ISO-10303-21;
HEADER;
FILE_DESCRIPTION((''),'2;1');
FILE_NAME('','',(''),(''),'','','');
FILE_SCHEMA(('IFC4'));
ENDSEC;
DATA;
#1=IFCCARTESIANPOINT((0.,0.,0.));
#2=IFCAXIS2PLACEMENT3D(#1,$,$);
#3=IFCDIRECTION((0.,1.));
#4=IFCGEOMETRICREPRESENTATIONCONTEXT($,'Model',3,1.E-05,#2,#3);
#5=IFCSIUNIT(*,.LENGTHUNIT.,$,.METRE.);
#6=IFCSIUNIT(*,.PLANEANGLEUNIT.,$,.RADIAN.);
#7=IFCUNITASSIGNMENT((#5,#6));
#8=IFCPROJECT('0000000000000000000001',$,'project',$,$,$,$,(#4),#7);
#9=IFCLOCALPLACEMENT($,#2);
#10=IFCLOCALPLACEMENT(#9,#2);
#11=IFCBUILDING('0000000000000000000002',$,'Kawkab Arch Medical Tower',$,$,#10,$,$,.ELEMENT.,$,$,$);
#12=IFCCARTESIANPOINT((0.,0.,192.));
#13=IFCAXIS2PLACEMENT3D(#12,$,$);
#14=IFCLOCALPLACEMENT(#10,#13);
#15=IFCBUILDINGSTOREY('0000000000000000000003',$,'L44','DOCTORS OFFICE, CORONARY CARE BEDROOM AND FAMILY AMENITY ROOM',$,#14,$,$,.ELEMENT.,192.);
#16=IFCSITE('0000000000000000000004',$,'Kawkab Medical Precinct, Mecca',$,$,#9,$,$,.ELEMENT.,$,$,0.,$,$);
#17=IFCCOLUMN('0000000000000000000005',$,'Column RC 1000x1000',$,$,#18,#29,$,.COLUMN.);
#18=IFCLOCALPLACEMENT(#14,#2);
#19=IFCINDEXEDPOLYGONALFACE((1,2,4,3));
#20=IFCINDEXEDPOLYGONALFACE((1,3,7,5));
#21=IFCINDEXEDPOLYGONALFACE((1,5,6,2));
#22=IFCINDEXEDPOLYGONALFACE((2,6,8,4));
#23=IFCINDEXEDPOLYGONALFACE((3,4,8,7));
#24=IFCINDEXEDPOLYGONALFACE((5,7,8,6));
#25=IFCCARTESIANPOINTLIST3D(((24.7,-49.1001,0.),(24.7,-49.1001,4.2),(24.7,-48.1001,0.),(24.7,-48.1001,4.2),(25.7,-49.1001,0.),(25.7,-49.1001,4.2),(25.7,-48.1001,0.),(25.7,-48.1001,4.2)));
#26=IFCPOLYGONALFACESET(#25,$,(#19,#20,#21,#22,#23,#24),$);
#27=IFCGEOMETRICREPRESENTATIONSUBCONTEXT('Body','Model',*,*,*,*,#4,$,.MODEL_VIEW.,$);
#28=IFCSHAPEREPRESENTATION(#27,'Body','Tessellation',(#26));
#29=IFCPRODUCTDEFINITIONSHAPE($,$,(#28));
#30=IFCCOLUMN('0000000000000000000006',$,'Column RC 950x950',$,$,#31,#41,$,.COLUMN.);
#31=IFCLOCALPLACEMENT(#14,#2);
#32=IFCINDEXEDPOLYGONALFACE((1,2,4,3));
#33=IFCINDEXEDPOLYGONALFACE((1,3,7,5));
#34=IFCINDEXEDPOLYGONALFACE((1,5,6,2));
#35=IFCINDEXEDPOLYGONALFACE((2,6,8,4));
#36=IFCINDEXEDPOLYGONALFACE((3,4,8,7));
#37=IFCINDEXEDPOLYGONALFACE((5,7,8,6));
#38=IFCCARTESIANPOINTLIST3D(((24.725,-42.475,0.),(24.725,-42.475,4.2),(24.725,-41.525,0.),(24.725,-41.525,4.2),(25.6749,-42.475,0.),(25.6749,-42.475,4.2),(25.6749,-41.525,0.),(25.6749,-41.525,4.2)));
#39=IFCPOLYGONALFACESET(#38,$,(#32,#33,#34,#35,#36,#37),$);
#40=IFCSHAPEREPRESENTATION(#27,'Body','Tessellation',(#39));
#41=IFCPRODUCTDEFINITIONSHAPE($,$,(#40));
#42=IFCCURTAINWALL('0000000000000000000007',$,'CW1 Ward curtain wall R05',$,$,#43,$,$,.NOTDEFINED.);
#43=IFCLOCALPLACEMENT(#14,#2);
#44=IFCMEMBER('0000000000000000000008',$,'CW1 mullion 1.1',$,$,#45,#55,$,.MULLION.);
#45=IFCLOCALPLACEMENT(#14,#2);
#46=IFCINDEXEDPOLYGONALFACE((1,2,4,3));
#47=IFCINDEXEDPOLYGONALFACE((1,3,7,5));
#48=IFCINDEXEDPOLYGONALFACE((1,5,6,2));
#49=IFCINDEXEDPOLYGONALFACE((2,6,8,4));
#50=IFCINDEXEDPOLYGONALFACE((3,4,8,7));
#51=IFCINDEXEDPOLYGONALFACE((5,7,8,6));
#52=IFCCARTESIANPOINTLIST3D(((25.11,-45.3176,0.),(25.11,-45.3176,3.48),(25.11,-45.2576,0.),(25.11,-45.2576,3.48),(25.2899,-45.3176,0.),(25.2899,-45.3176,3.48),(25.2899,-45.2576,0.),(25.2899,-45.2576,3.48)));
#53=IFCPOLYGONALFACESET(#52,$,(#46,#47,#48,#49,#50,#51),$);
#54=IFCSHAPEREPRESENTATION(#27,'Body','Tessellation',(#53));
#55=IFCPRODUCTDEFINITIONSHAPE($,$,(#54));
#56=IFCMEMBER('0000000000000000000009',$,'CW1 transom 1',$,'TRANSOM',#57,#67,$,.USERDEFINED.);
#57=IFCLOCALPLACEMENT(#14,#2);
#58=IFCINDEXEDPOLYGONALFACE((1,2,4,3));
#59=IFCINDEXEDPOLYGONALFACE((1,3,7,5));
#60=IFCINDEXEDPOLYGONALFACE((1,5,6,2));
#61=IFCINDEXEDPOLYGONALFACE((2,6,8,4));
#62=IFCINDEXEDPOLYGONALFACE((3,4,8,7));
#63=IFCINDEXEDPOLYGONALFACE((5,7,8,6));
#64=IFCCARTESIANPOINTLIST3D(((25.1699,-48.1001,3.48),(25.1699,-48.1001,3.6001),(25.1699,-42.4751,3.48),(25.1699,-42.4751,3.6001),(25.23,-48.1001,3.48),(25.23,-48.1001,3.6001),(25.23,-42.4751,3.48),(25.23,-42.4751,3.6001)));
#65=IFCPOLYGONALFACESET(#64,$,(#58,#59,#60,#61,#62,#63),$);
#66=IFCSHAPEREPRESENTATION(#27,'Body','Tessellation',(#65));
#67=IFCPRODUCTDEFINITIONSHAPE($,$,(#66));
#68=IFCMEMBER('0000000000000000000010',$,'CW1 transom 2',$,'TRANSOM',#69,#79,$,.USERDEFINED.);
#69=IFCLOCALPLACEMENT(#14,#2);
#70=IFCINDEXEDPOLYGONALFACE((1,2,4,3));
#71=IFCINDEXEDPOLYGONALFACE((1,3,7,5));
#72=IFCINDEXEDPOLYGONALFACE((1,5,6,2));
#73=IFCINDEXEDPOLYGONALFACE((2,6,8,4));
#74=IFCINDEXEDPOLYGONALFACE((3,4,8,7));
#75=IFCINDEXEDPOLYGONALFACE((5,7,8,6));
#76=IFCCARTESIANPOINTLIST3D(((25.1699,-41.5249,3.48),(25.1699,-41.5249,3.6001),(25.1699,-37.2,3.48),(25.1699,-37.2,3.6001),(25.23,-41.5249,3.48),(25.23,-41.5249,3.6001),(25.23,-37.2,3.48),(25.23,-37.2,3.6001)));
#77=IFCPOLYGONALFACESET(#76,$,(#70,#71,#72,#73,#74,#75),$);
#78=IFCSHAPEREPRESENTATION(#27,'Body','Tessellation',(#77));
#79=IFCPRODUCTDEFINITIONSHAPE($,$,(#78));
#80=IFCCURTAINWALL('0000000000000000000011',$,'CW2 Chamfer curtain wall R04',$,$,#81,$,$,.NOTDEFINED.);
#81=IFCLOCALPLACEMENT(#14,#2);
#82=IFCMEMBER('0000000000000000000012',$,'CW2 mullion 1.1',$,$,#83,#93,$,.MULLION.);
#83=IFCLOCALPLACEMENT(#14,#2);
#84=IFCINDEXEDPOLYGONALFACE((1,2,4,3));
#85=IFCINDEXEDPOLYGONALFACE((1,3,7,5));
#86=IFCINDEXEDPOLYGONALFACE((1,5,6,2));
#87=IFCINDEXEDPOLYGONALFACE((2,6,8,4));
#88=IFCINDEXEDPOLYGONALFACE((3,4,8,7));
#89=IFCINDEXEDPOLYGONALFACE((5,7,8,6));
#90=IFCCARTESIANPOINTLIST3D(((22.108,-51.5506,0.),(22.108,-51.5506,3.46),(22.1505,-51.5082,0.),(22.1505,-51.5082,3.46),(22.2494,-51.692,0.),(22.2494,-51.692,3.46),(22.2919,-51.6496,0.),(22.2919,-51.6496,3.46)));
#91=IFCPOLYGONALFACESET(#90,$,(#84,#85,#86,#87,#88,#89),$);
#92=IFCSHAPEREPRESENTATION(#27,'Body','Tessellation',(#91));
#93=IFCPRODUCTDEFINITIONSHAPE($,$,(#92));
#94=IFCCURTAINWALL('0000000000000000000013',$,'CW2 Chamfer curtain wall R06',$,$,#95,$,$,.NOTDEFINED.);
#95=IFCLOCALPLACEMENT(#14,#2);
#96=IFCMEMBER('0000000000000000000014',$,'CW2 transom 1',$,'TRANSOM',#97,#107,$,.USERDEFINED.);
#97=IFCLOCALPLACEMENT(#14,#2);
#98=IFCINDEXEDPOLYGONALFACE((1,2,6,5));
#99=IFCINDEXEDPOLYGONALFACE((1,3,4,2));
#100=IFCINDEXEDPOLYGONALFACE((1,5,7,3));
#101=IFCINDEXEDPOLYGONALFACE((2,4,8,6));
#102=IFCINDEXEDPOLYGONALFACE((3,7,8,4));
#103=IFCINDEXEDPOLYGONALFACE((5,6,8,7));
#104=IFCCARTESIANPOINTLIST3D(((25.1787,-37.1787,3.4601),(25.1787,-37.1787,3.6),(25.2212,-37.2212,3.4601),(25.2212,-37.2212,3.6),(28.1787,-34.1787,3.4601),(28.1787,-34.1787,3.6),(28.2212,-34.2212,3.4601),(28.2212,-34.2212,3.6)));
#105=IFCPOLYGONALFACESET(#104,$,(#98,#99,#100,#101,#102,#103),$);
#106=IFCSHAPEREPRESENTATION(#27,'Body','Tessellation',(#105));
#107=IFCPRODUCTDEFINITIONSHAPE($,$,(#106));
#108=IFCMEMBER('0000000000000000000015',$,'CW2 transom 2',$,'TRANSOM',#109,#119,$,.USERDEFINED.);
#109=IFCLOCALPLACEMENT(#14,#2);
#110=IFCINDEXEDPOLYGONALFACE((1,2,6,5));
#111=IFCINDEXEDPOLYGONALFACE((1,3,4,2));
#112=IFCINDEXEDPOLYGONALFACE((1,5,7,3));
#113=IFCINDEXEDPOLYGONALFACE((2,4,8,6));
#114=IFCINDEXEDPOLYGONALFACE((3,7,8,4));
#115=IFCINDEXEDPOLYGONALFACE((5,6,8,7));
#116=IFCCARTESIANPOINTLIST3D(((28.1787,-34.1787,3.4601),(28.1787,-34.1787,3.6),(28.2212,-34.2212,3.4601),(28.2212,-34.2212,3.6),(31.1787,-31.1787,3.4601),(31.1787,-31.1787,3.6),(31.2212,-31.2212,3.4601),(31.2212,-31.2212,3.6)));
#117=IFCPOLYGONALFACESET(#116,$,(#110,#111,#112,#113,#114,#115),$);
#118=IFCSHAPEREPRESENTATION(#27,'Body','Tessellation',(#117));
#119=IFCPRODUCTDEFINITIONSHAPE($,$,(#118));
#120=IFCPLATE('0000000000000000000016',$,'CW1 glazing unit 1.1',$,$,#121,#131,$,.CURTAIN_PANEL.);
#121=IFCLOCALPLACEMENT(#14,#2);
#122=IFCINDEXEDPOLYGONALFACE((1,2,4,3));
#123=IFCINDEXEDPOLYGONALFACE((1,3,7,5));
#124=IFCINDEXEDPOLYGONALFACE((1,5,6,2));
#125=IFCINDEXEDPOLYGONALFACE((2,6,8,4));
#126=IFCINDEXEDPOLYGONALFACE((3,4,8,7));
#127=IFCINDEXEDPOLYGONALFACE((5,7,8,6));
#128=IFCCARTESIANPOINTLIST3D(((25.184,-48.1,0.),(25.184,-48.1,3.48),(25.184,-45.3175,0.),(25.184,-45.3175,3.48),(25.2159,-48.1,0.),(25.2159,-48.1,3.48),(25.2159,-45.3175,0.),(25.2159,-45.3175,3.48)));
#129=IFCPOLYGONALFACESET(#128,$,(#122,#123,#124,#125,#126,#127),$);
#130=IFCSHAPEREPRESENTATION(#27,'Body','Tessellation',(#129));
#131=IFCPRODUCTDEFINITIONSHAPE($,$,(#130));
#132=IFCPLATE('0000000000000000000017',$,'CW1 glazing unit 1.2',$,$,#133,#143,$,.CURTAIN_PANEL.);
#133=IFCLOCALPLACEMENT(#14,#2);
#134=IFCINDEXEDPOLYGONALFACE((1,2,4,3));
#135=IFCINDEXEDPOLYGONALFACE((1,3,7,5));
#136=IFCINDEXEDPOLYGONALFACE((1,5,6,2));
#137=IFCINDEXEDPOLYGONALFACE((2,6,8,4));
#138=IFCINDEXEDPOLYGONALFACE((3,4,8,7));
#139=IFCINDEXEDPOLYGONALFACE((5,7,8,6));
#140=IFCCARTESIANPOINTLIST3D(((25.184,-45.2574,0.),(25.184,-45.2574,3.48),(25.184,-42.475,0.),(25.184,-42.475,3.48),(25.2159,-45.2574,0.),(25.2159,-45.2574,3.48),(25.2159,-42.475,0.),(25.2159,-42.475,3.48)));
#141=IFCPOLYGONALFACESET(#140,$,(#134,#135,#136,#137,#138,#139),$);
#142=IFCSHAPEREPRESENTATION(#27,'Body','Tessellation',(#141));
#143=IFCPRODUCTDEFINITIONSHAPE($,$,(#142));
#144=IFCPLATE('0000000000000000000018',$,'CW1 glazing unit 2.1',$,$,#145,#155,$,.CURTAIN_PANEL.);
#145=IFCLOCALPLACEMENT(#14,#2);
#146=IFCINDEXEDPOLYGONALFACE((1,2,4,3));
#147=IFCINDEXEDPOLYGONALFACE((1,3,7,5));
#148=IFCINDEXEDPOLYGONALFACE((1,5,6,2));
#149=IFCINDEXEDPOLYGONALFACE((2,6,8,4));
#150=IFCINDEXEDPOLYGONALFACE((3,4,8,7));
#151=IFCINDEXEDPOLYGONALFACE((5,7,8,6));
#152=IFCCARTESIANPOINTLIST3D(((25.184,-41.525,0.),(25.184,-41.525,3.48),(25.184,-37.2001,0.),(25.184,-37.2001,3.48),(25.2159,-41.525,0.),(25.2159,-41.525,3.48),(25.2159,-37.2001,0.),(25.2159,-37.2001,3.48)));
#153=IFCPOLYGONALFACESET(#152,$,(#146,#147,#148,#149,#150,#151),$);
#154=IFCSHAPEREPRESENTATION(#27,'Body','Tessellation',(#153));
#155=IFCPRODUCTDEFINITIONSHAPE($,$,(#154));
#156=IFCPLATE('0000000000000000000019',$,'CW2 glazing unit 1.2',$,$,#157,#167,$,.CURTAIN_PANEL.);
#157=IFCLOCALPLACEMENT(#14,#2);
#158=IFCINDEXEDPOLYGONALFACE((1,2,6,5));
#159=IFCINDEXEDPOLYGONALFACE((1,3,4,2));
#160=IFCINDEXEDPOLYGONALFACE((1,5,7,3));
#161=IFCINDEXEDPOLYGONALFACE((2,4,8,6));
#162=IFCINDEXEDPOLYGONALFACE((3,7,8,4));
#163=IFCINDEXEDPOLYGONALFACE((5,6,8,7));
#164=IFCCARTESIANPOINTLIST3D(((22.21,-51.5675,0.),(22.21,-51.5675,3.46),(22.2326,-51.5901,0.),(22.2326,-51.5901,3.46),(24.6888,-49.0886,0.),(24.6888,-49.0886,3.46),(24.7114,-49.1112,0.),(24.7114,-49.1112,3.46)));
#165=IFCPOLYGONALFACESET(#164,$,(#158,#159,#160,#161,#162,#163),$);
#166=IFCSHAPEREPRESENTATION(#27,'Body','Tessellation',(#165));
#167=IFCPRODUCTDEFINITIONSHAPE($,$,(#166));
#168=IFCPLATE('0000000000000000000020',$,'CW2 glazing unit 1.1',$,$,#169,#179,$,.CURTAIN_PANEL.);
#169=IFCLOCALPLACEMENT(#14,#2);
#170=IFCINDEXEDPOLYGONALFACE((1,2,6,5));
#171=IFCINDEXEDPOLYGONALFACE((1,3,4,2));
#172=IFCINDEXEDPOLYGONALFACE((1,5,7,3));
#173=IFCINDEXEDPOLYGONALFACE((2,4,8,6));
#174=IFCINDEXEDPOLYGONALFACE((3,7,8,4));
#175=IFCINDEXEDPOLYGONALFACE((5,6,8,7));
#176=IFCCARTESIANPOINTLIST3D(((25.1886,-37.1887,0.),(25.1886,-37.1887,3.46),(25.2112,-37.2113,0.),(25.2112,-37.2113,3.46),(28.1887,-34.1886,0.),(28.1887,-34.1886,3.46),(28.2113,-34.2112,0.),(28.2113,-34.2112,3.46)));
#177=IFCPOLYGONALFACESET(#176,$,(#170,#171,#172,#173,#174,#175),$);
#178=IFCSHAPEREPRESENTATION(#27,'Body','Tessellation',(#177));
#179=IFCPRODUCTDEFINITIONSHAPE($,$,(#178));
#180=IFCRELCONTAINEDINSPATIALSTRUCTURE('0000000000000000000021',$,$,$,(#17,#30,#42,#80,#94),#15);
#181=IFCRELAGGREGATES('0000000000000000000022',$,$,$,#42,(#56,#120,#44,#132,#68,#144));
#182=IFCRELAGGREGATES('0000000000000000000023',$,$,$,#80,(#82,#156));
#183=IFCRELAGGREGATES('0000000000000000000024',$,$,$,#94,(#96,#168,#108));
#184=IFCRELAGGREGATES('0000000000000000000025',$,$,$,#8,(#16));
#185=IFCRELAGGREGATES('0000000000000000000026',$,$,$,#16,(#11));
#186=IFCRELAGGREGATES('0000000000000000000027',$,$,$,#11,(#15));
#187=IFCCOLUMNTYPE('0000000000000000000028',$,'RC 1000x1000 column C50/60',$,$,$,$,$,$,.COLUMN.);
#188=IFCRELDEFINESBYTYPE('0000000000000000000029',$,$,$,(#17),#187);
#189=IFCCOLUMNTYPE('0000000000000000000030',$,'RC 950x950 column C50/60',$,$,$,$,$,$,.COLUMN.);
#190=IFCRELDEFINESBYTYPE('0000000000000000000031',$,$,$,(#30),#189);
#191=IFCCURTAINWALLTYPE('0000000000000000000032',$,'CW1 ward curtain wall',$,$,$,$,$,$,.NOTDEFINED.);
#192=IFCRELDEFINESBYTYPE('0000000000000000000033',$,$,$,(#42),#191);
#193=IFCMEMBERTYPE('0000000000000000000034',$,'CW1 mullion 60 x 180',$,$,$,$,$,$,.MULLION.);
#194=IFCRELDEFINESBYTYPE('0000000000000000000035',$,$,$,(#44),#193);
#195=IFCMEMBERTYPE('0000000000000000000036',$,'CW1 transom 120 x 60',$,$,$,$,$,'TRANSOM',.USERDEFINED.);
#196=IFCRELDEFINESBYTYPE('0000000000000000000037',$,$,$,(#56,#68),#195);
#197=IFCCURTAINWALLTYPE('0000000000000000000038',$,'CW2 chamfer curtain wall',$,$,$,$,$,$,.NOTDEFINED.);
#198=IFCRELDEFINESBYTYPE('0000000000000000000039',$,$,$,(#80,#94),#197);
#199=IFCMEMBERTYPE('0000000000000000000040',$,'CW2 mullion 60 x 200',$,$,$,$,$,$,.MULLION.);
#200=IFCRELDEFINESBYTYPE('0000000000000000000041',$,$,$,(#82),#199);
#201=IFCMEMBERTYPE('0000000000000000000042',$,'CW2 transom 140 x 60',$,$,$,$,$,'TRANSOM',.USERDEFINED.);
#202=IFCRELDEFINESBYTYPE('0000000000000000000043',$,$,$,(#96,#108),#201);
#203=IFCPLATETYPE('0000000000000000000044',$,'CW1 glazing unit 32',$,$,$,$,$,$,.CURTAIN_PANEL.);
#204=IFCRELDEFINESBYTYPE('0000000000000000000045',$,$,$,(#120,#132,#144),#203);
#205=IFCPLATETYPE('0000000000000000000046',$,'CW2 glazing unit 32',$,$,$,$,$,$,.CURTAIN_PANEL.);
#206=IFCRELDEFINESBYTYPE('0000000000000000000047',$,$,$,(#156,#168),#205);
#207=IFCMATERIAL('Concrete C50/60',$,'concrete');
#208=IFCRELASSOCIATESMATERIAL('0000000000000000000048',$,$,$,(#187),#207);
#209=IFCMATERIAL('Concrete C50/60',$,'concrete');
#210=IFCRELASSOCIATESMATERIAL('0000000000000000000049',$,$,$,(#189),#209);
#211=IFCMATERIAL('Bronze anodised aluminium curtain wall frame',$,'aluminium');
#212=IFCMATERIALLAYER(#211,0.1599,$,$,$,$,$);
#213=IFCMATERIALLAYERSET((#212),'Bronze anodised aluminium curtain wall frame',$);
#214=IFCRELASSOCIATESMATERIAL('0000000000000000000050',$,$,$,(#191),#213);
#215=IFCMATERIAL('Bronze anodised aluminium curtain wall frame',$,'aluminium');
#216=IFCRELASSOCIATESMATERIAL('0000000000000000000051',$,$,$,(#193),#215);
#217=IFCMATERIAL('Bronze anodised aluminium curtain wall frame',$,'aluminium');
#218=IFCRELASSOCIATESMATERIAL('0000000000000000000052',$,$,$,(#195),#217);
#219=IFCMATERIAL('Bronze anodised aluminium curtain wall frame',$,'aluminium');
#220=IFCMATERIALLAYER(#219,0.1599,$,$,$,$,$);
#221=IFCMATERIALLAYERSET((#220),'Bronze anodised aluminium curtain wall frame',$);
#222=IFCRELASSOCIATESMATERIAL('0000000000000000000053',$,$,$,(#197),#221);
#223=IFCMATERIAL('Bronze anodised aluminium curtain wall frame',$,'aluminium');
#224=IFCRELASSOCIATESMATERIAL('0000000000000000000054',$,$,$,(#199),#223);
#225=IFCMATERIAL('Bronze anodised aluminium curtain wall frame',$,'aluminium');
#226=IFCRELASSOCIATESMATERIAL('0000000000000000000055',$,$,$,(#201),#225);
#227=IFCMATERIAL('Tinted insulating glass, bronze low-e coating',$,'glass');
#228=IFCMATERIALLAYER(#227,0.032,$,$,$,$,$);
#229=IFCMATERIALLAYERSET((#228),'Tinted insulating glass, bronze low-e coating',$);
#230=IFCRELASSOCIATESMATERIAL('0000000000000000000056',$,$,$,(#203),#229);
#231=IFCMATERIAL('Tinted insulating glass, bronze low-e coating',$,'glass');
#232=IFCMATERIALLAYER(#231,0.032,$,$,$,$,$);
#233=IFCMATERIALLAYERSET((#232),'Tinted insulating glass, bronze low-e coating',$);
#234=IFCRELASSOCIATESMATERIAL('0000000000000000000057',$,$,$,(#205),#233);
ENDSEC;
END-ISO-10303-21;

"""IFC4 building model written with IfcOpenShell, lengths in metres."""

from ifc_helpers import new_model, si_unit, direction, frame, origin, origin_2d, place, context, subcontext, project, spatial, rectangle, extrude, material, layer, layer_set, material_profile, profile_set, type_object, element, aggregate, save


model = new_model("IFC4")

# Units and contexts
model_context = context("Model", 3, precision=1e-05, world=origin(), true_north=direction((0.0, 1.0)))
body_context = subcontext(model_context, "Body", "Model", "MODEL_VIEW")
ifc_project = project(units=[si_unit("LENGTHUNIT", "METRE"), si_unit("PLANEANGLEUNIT", "RADIAN")], contexts=[model_context])

# Site, building, storey
site_placement = place(None, origin())
site = spatial("IfcSite", under=ifc_project, at=site_placement, Name="Kawkab Medical Precinct, Mecca", CompositionType="ELEMENT", RefElevation=0.0)
building_placement = place(site_placement, origin())
building = spatial("IfcBuilding", under=site, at=building_placement, Name="Kawkab Arch Medical Tower", CompositionType="ELEMENT")
storey_placement = place(building_placement, frame((0.0, 0.0, 192.0)))
storey = spatial("IfcBuildingStorey", under=building, at=storey_placement, Name="L44", Description="DOCTORS OFFICE, CORONARY CARE BEDROOM AND FAMILY AMENITY ROOM", CompositionType="ELEMENT", Elevation=192.0)

# Columns
ifc_material_1 = material(Name="Concrete C50/60", Category="concrete")
ifc_material_profile_1 = material_profile(ifc_material_1, rectangle(XDim=1.0, YDim=1.0, at=origin_2d()), Name="RC 1000x1000")
ifc_profile_set_1 = profile_set([ifc_material_profile_1], Name="Concrete C50/60")
column_type_1 = type_object("IfcColumnType", Name="RC 1000x1000 column C50/60", PredefinedType="COLUMN", material=ifc_profile_set_1)
column_1_placement = place(storey_placement, frame((25.2, -48.6001, 0.0), z_axis=(0.0, 0.0, 1.0), x_axis=(1.0, 0.0, 0.0)))
element("IfcColumn", 1, at=column_1_placement, inside=storey, type_object=column_type_1, Name="Column RC 1000x1000", PredefinedType="COLUMN", context=body_context, shape_type="SweptSolid", body=[
    extrude(rectangle(XDim=1.0, YDim=1.0, at=origin_2d()), origin(), (0.0, 0.0, 1.0), 4.2),
])
ifc_material_2 = material(Name="Concrete C50/60", Category="concrete")
ifc_material_profile_2 = material_profile(ifc_material_2, rectangle(XDim=0.95, YDim=0.95, at=origin_2d()), Name="RC 950x950")
ifc_profile_set_2 = profile_set([ifc_material_profile_2], Name="Concrete C50/60")
column_type_2 = type_object("IfcColumnType", Name="RC 950x950 column C50/60", PredefinedType="COLUMN", material=ifc_profile_set_2)
column_2_placement = place(storey_placement, frame((25.2, -42.0, 0.0), z_axis=(0.0, 0.0, 1.0), x_axis=(1.0, 0.0, 0.0)))
element("IfcColumn", 2, at=column_2_placement, inside=storey, type_object=column_type_2, Name="Column RC 950x950", PredefinedType="COLUMN", context=body_context, shape_type="SweptSolid", body=[
    extrude(rectangle(XDim=0.95, YDim=0.95, at=origin_2d()), origin(), (0.0, 0.0, 1.0), 4.2),
])

# Curtain wall, members
ifc_material_3 = material(Name="Bronze anodised aluminium curtain wall frame", Category="aluminium")
ifc_layer_1 = layer(ifc_material_3, 0.1599)
ifc_layer_set_1 = layer_set([ifc_layer_1], Name="Bronze anodised aluminium curtain wall frame")
curtain_wall_type_1 = type_object("IfcCurtainWallType", Name="CW1 ward curtain wall", PredefinedType="NOTDEFINED", material=ifc_layer_set_1)
placement = place(storey_placement, origin())
curtain_wall_1 = element("IfcCurtainWall", 3, at=placement, inside=storey, type_object=curtain_wall_type_1, Name="CW1 Ward curtain wall R05", PredefinedType="NOTDEFINED")
ifc_material_4 = material(Name="Bronze anodised aluminium curtain wall frame", Category="aluminium")
ifc_material_profile_3 = material_profile(ifc_material_4, rectangle(XDim=0.1799, YDim=0.0601, at=origin_2d()), Name="AL 60x180")
ifc_profile_set_3 = profile_set([ifc_material_profile_3], Name="Bronze anodised aluminium curtain wall frame")
member_type_1 = type_object("IfcMemberType", Name="CW1 mullion 60 x 180", PredefinedType="MULLION", material=ifc_profile_set_3)
member_1_placement = place(storey_placement, frame((25.2, -45.2876, 0.0), z_axis=(0.0, 0.0, 1.0), x_axis=(-1.0, 0.0, 0.0)))
member_1 = element("IfcMember", 4, at=member_1_placement, type_object=member_type_1, Name="CW1 mullion 1.1", PredefinedType="MULLION", context=body_context, shape_type="SweptSolid", body=[
    extrude(rectangle(XDim=0.1799, YDim=0.0601, at=origin_2d()), origin(), (0.0, 0.0, 1.0), 3.48),
])
ifc_material_5 = material(Name="Bronze anodised aluminium curtain wall frame", Category="aluminium")
ifc_material_profile_4 = material_profile(ifc_material_5, rectangle(XDim=0.0601, YDim=0.1201, at=origin_2d()), Name="AL 60x120")
ifc_profile_set_4 = profile_set([ifc_material_profile_4], Name="Bronze anodised aluminium curtain wall frame")
member_type_2 = type_object("IfcMemberType", Name="CW1 transom 120 x 60", ElementType="TRANSOM", PredefinedType="USERDEFINED", material=ifc_profile_set_4)
member_2_placement = place(storey_placement, frame((25.2, -48.1001, 3.54), z_axis=(0.0, 1.0, 0.0), x_axis=(-1.0, 0.0, 0.0)))
member_2 = element("IfcMember", 5, at=member_2_placement, type_object=member_type_2, Name="CW1 transom 1", ObjectType="TRANSOM", PredefinedType="USERDEFINED", context=body_context, shape_type="SweptSolid", body=[
    extrude(rectangle(XDim=0.0601, YDim=0.1201, at=origin_2d()), origin(), (0.0, 0.0, 1.0), 5.625),
])
member_3_placement = place(storey_placement, frame((25.2, -41.5249, 3.54), z_axis=(0.0, 1.0, 0.0), x_axis=(-1.0, 0.0, 0.0)))
member_3 = element("IfcMember", 6, at=member_3_placement, type_object=member_type_2, Name="CW1 transom 2", ObjectType="TRANSOM", PredefinedType="USERDEFINED", context=body_context, shape_type="SweptSolid", body=[
    extrude(rectangle(XDim=0.0601, YDim=0.1201, at=origin_2d()), origin(), (0.0, 0.0, 1.0), 4.325),
])

# Curtain wall, member
ifc_material_6 = material(Name="Bronze anodised aluminium curtain wall frame", Category="aluminium")
ifc_layer_2 = layer(ifc_material_6, 0.1599)
ifc_layer_set_2 = layer_set([ifc_layer_2], Name="Bronze anodised aluminium curtain wall frame")
curtain_wall_type_2 = type_object("IfcCurtainWallType", Name="CW2 chamfer curtain wall", PredefinedType="NOTDEFINED", material=ifc_layer_set_2)
curtain_wall_2 = element("IfcCurtainWall", 7, at=placement, inside=storey, type_object=curtain_wall_type_2, Name="CW2 Chamfer curtain wall R04", PredefinedType="NOTDEFINED")
ifc_material_7 = material(Name="Bronze anodised aluminium curtain wall frame", Category="aluminium")
ifc_material_profile_5 = material_profile(ifc_material_7, rectangle(XDim=0.2, YDim=0.0601, at=origin_2d()), Name="AL 60x200")
ifc_profile_set_5 = profile_set([ifc_material_profile_5], Name="Bronze anodised aluminium curtain wall frame")
member_type_3 = type_object("IfcMemberType", Name="CW2 mullion 60 x 200", PredefinedType="MULLION", material=ifc_profile_set_5)
member_4_placement = place(storey_placement, frame((22.2, -51.6001, 0.0), z_axis=(0.0, 0.0, 1.0), x_axis=(-0.707107, 0.707107, 0.0)))
member_4 = element("IfcMember", 8, at=member_4_placement, type_object=member_type_3, Name="CW2 mullion 1.1", PredefinedType="MULLION", context=body_context, shape_type="SweptSolid", body=[
    extrude(rectangle(XDim=0.2, YDim=0.0601, at=origin_2d()), origin(), (0.0, 0.0, 1.0), 3.46),
])

# Curtain wall, members
curtain_wall_3 = element("IfcCurtainWall", 9, at=placement, inside=storey, type_object=curtain_wall_type_2, Name="CW2 Chamfer curtain wall R06", PredefinedType="NOTDEFINED")
ifc_material_8 = material(Name="Bronze anodised aluminium curtain wall frame", Category="aluminium")
ifc_material_profile_6 = material_profile(ifc_material_8, rectangle(XDim=0.0601, YDim=0.1399, at=origin_2d()), Name="AL 60x140")
ifc_profile_set_6 = profile_set([ifc_material_profile_6], Name="Bronze anodised aluminium curtain wall frame")
member_type_4 = type_object("IfcMemberType", Name="CW2 transom 140 x 60", ElementType="TRANSOM", PredefinedType="USERDEFINED", material=ifc_profile_set_6)
member_5_placement = place(storey_placement, frame((25.2, -37.2, 3.53), z_axis=(0.707107, 0.707107, 0.0), x_axis=(-0.707107, 0.707107, 0.0)))
member_5 = element("IfcMember", 10, at=member_5_placement, type_object=member_type_4, Name="CW2 transom 1", ObjectType="TRANSOM", PredefinedType="USERDEFINED", context=body_context, shape_type="SweptSolid", body=[
    extrude(rectangle(XDim=0.0601, YDim=0.1399, at=origin_2d()), origin(), (0.0, 0.0, 1.0), 4.2427),
])
member_6_placement = place(storey_placement, frame((28.2, -34.2, 3.53), z_axis=(0.707107, 0.707107, 0.0), x_axis=(-0.707107, 0.707107, 0.0)))
member_6 = element("IfcMember", 11, at=member_6_placement, type_object=member_type_4, Name="CW2 transom 2", ObjectType="TRANSOM", PredefinedType="USERDEFINED", context=body_context, shape_type="SweptSolid", body=[
    extrude(rectangle(XDim=0.0601, YDim=0.1399, at=origin_2d()), origin(), (0.0, 0.0, 1.0), 4.2427),
])

# Plates
ifc_material_9 = material(Name="Tinted insulating glass, bronze low-e coating", Category="glass")
ifc_layer_3 = layer(ifc_material_9, 0.032)
ifc_layer_set_3 = layer_set([ifc_layer_3], Name="Tinted insulating glass, bronze low-e coating")
plate_type_1 = type_object("IfcPlateType", Name="CW1 glazing unit 32", PredefinedType="CURTAIN_PANEL", material=ifc_layer_set_3)
plate_1_placement = place(storey_placement, frame((25.2, -46.7087, 0.0), z_axis=(0.0, 0.0, 1.0), x_axis=(0.0, 1.0, 0.0)))
plate_1 = element("IfcPlate", 12, at=plate_1_placement, type_object=plate_type_1, Name="CW1 glazing unit 1.1", PredefinedType="CURTAIN_PANEL", context=body_context, shape_type="SweptSolid", body=[
    extrude(rectangle(XDim=2.7825, YDim=0.032, at=origin_2d()), origin(), (0.0, 0.0, 1.0), 3.48),
])
plate_2_placement = place(storey_placement, frame((25.2, -43.8662, 0.0), z_axis=(0.0, 0.0, 1.0), x_axis=(0.0, 1.0, 0.0)))
plate_2 = element("IfcPlate", 13, at=plate_2_placement, type_object=plate_type_1, Name="CW1 glazing unit 1.2", PredefinedType="CURTAIN_PANEL", context=body_context, shape_type="SweptSolid", body=[
    extrude(rectangle(XDim=2.7825, YDim=0.032, at=origin_2d()), origin(), (0.0, 0.0, 1.0), 3.48),
])
plate_3_placement = place(storey_placement, frame((25.2, -39.3625, 0.0), z_axis=(0.0, 0.0, 1.0), x_axis=(0.0, 1.0, 0.0)))
plate_3 = element("IfcPlate", 14, at=plate_3_placement, type_object=plate_type_1, Name="CW1 glazing unit 2.1", PredefinedType="CURTAIN_PANEL", context=body_context, shape_type="SweptSolid", body=[
    extrude(rectangle(XDim=4.325, YDim=0.032, at=origin_2d()), origin(), (0.0, 0.0, 1.0), 3.48),
])
aggregate(curtain_wall_1, [member_2, plate_1, member_1, plate_2, member_3, plate_3])
ifc_material_10 = material(Name="Tinted insulating glass, bronze low-e coating", Category="glass")
ifc_layer_4 = layer(ifc_material_10, 0.032)
ifc_layer_set_4 = layer_set([ifc_layer_4], Name="Tinted insulating glass, bronze low-e coating")
plate_type_2 = type_object("IfcPlateType", Name="CW2 glazing unit 32", PredefinedType="CURTAIN_PANEL", material=ifc_layer_set_4)
plate_4_placement = place(storey_placement, frame((23.4607, -50.3394, 0.0), z_axis=(0.0, 0.0, 1.0), x_axis=(0.707107, 0.707107, 0.0)))
plate_4 = element("IfcPlate", 15, at=plate_4_placement, type_object=plate_type_2, Name="CW2 glazing unit 1.2", PredefinedType="CURTAIN_PANEL", context=body_context, shape_type="SweptSolid", body=[
    extrude(rectangle(XDim=3.5056, YDim=0.032, at=origin_2d()), origin(), (0.0, 0.0, 1.0), 3.46),
])
aggregate(curtain_wall_2, [member_4, plate_4])
plate_5_placement = place(storey_placement, frame((26.7, -35.7, 0.0), z_axis=(0.0, 0.0, 1.0), x_axis=(0.707107, 0.707107, 0.0)))
plate_5 = element("IfcPlate", 16, at=plate_5_placement, type_object=plate_type_2, Name="CW2 glazing unit 1.1", PredefinedType="CURTAIN_PANEL", context=body_context, shape_type="SweptSolid", body=[
    extrude(rectangle(XDim=4.2427, YDim=0.032, at=origin_2d()), origin(), (0.0, 0.0, 1.0), 3.46),
])
aggregate(curtain_wall_3, [member_5, plate_5, member_6])

save(model, "model.ifc")
